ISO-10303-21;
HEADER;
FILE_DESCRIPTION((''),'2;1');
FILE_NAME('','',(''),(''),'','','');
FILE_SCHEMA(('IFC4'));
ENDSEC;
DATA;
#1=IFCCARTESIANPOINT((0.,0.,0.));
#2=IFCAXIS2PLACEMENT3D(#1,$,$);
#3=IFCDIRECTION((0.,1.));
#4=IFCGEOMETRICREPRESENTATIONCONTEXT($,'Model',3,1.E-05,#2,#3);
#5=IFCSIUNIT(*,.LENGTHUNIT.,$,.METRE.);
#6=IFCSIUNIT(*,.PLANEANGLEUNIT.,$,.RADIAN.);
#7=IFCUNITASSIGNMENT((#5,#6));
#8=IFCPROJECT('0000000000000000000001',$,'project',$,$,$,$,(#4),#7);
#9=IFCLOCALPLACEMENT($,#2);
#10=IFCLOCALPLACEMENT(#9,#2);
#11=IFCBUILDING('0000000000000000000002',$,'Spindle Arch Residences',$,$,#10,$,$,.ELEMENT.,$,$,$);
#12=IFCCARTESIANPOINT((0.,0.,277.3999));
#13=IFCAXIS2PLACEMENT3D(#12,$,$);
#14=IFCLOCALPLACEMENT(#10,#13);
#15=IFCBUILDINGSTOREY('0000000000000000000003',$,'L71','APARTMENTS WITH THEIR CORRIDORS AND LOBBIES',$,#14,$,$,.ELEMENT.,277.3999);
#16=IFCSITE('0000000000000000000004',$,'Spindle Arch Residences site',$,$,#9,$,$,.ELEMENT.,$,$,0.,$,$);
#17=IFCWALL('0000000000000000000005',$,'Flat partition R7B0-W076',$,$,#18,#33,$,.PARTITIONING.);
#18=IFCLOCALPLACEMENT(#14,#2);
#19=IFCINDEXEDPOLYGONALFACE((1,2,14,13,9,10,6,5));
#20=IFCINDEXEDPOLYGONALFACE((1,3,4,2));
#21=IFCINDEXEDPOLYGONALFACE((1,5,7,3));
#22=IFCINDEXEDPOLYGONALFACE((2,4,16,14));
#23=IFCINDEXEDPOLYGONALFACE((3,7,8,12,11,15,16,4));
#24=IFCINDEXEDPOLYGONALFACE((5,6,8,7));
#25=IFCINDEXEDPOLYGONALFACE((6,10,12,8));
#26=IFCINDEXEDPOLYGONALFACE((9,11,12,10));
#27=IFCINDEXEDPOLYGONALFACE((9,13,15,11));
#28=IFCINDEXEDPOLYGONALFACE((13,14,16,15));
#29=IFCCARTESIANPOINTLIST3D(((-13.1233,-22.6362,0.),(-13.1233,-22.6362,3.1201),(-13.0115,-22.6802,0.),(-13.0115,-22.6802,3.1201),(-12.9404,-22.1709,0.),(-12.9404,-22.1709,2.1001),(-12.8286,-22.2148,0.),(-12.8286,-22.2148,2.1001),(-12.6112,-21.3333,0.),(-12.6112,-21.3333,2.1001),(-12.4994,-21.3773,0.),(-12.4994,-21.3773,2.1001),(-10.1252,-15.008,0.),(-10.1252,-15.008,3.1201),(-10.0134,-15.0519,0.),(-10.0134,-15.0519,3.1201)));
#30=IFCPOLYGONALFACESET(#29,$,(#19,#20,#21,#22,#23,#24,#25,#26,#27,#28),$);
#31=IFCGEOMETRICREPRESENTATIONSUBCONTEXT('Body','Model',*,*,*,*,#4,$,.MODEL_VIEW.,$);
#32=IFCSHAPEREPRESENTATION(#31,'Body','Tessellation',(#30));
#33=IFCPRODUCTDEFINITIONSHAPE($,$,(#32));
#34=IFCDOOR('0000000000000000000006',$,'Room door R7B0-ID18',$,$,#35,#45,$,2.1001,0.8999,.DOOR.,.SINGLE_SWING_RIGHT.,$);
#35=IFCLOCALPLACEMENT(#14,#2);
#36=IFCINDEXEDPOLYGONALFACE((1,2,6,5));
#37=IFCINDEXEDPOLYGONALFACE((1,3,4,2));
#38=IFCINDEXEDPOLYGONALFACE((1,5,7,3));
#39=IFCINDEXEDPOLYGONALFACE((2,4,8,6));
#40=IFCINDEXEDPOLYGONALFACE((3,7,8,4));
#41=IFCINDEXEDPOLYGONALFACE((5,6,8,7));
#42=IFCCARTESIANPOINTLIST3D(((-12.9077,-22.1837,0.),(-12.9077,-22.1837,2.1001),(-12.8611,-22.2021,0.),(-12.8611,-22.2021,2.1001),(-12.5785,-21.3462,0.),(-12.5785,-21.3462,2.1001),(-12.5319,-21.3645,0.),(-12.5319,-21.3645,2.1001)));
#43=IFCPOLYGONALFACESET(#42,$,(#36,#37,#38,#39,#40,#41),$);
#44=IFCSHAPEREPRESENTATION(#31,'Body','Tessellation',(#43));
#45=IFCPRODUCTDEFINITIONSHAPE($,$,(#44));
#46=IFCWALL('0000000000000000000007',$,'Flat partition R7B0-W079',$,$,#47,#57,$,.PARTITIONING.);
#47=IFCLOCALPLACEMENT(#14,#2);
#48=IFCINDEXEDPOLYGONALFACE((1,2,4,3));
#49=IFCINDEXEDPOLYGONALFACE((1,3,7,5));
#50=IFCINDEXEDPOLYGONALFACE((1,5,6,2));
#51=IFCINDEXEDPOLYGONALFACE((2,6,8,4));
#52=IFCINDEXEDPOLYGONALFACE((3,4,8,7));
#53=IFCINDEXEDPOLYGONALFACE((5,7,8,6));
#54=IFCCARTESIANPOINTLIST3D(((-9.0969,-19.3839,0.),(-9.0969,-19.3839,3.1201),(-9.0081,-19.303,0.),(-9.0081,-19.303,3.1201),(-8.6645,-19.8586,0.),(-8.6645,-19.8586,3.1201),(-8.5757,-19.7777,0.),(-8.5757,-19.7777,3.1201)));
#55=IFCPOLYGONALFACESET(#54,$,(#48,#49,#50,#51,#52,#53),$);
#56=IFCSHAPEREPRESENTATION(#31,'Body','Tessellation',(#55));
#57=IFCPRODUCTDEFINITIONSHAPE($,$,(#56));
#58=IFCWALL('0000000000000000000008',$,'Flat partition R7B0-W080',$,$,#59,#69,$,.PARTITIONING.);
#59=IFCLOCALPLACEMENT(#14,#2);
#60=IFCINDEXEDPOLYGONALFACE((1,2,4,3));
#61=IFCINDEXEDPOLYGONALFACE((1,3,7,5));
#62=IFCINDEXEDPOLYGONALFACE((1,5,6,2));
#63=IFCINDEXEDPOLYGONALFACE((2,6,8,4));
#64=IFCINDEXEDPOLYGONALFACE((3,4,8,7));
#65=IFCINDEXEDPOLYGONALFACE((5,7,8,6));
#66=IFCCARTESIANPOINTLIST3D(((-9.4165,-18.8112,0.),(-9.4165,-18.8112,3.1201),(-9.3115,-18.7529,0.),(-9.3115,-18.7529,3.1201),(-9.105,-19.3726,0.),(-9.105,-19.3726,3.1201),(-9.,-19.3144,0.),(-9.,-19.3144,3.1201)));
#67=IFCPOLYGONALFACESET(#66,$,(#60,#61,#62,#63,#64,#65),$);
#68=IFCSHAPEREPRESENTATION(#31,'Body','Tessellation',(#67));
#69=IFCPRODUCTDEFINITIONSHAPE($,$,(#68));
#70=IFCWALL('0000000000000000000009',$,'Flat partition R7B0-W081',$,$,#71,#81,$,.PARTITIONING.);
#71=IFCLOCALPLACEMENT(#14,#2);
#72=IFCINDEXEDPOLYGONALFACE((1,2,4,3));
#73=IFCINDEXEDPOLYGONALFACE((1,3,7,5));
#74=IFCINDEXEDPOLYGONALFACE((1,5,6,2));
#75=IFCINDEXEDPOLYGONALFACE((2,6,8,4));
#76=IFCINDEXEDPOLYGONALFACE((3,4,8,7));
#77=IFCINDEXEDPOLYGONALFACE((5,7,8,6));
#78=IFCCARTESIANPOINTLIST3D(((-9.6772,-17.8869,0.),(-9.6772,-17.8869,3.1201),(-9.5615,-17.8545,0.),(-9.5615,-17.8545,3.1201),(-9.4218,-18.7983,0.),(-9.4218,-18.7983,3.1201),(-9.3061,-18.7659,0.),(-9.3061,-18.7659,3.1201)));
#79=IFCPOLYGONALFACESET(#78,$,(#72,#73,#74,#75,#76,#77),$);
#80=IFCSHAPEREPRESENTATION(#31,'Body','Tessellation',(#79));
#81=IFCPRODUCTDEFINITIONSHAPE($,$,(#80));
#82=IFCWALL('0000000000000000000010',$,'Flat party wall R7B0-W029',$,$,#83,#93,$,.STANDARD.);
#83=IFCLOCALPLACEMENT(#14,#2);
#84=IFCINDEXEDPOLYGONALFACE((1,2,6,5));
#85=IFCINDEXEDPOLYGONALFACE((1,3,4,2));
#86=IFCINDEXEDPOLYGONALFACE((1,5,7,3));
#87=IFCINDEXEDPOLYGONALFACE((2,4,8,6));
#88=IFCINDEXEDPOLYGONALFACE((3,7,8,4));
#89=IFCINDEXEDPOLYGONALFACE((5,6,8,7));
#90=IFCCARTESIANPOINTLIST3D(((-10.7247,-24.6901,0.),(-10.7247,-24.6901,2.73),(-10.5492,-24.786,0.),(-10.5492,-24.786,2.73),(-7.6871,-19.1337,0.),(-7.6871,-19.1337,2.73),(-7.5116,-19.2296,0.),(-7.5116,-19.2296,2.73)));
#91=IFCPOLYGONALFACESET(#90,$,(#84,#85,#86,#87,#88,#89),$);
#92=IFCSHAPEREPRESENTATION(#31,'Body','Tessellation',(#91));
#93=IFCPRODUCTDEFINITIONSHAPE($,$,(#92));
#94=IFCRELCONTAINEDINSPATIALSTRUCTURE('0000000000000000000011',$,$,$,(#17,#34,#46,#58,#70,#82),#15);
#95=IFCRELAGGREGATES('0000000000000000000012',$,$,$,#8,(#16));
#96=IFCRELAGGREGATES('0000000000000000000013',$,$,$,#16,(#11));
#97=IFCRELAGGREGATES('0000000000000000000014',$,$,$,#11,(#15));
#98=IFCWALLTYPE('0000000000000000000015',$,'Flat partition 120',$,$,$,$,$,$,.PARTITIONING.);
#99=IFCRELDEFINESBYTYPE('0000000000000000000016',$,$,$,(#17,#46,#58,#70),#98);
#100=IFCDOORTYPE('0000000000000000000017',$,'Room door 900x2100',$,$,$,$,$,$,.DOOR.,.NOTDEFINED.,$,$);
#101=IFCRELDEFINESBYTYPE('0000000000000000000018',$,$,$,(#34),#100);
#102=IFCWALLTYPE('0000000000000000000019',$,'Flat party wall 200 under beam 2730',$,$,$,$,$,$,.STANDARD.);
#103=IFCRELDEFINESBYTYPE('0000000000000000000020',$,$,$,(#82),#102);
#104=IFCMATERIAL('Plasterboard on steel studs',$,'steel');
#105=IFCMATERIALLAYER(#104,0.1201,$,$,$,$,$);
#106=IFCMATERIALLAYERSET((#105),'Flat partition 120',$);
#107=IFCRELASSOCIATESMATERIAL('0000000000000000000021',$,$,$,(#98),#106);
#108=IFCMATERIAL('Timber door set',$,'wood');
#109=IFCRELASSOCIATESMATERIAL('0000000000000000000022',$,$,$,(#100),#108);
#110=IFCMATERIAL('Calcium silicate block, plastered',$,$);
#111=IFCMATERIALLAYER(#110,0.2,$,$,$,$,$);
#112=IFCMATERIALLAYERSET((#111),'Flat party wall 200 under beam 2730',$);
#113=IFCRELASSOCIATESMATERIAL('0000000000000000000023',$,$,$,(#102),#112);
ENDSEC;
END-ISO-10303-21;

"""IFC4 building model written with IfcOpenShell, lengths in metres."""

from ifc_helpers import new_model, si_unit, direction, frame, frame_2d, origin, place, context, subcontext, project, spatial, rectangle, extrude, material, layer, layer_set, type_object, element, fill, save


model = new_model("IFC4")

# Units and contexts
model_context = context("Model", 3, precision=1e-05, world=origin(), true_north=direction((0.0, 1.0)))
body_context = subcontext(model_context, "Body", "Model", "MODEL_VIEW")
ifc_project = project(units=[si_unit("LENGTHUNIT", "METRE"), si_unit("PLANEANGLEUNIT", "RADIAN")], contexts=[model_context])

# Site, building, storey
site_placement = place(None, origin())
site = spatial("IfcSite", under=ifc_project, at=site_placement, Name="Spindle Arch Residences site", CompositionType="ELEMENT", RefElevation=0.0)
building_placement = place(site_placement, origin())
building = spatial("IfcBuilding", under=site, at=building_placement, Name="Spindle Arch Residences", CompositionType="ELEMENT")
storey_placement = place(building_placement, frame((0.0, 0.0, 277.3999)))
storey = spatial("IfcBuildingStorey", under=building, at=storey_placement, Name="L71", Description="APARTMENTS WITH THEIR CORRIDORS AND LOBBIES", CompositionType="ELEMENT", Elevation=277.3999)

# Wall, opening, door
ifc_material_1 = material(Name="Plasterboard on steel studs", Category="steel")
ifc_layer_1 = layer(ifc_material_1, 0.1201)
ifc_layer_set_1 = layer_set([ifc_layer_1], Name="Flat partition 120")
wall_type_1 = type_object("IfcWallType", Name="Flat partition 120", PredefinedType="PARTITIONING", material=ifc_layer_set_1)
ifc_material_2 = material(Name="Timber door set", Category="wood")
door_type = type_object("IfcDoorType", Name="Room door 900x2100", OperationType="NOTDEFINED", PredefinedType="DOOR", material=ifc_material_2)
wall_1_placement = place(storey_placement, frame((-13.0674, -22.6582, 0.0), z_axis=(0.0, 0.0, 1.0), x_axis=(0.365786, 0.930699, 0.0)))
wall_1 = element("IfcWall", 1, at=wall_1_placement, inside=storey, type_object=wall_type_1, Name="Flat partition R7B0-W076", PredefinedType="PARTITIONING", context=body_context, shape_type="SweptSolid", body=[
    extrude(rectangle(XDim=8.1963, YDim=0.1201, at=frame_2d((4.0981, 0.0))), origin(), (0.0, 0.0, 1.0), 3.1201),
])
opening_1_placement = place(wall_1_placement, frame((0.5, 0.0, 0.0)))
opening_1 = element("IfcOpeningElement", 2, at=opening_1_placement, cuts=wall_1, PredefinedType="OPENING", context=body_context, shape_type="SweptSolid", body=[
    extrude(rectangle(XDim=0.8999, YDim=2.1001, at=frame_2d((0.45, 1.05))), frame((0.0, 0.0701, 0.0), z_axis=(0.0, -1.0, 0.0), x_axis=(1.0, 0.0, 0.0)), (0.0, 0.0, 1.0), 0.1401),
])
door_1_placement = place(opening_1_placement, origin())
door_1 = element("IfcDoor", 3, at=door_1_placement, inside=storey, type_object=door_type, Name="Room door R7B0-ID18", OperationType="SINGLE_SWING_RIGHT", OverallHeight=2.1001, OverallWidth=0.8999, PredefinedType="DOOR", context=body_context, shape_type="SweptSolid", body=[
    extrude(rectangle(XDim=0.8999, YDim=2.1001, at=frame_2d((0.45, 1.05))), frame((0.0, 0.0249, 0.0), z_axis=(0.0, -1.0, 0.0), x_axis=(1.0, 0.0, 0.0)), (0.0, 0.0, 1.0), 0.05),
])
fill(opening_1, door_1)

# Walls
for number, where, z_axis, x_axis, name in (
    (4, (-8.6201, -19.8181, 0.0), (0.0, 0.0, 1.0), (-0.673448, 0.739234, 0.0), "Flat partition R7B0-W079"),
    (5, (-9.0525, -19.3435, 0.0), (0.0, 0.0, 1.0), (-0.485126, 0.874444, 0.0), "Flat partition R7B0-W080"),
):
    element("IfcWall", number, at=place(storey_placement, frame(where, z_axis=z_axis, x_axis=x_axis)), inside=storey, type_object=wall_type_1, Name=name, PredefinedType="PARTITIONING", context=body_context, shape_type="SweptSolid", body=[
        extrude(rectangle(XDim=0.6421, YDim=0.1201, at=frame_2d((0.321, 0.0))), origin(), (0.0, 0.0, 1.0), 3.1201),
    ])
wall_2_placement = place(storey_placement, frame((-9.364, -18.782, 0.0), z_axis=(0.0, 0.0, 1.0), x_axis=(-0.269812, 0.962913, 0.0)))
element("IfcWall", 6, at=wall_2_placement, inside=storey, type_object=wall_type_1, Name="Flat partition R7B0-W081", PredefinedType="PARTITIONING", context=body_context, shape_type="SweptSolid", body=[
    extrude(rectangle(XDim=0.9465, YDim=0.1201, at=frame_2d((0.4731, 0.0))), origin(), (0.0, 0.0, 1.0), 3.1201),
])
ifc_material_3 = material(Name="Calcium silicate block, plastered")
ifc_layer_2 = layer(ifc_material_3, 0.2)
ifc_layer_set_2 = layer_set([ifc_layer_2], Name="Flat party wall 200 under beam 2730")
wall_type_2 = type_object("IfcWallType", Name="Flat party wall 200 under beam 2730", PredefinedType="STANDARD", material=ifc_layer_set_2)
wall_3_placement = place(storey_placement, frame((-10.637, -24.738, 0.0), z_axis=(0.0, 0.0, 1.0), x_axis=(0.479684, 0.877441, 0.0)))
element("IfcWall", 7, at=wall_3_placement, inside=storey, type_object=wall_type_2, Name="Flat party wall R7B0-W029", PredefinedType="STANDARD", context=body_context, shape_type="SweptSolid", body=[
    extrude(rectangle(XDim=6.3325, YDim=0.2, at=frame_2d((3.1663, 0.0))), origin(), (0.0, 0.0, 1.0), 2.73),
])

save(model, "model.ifc")
